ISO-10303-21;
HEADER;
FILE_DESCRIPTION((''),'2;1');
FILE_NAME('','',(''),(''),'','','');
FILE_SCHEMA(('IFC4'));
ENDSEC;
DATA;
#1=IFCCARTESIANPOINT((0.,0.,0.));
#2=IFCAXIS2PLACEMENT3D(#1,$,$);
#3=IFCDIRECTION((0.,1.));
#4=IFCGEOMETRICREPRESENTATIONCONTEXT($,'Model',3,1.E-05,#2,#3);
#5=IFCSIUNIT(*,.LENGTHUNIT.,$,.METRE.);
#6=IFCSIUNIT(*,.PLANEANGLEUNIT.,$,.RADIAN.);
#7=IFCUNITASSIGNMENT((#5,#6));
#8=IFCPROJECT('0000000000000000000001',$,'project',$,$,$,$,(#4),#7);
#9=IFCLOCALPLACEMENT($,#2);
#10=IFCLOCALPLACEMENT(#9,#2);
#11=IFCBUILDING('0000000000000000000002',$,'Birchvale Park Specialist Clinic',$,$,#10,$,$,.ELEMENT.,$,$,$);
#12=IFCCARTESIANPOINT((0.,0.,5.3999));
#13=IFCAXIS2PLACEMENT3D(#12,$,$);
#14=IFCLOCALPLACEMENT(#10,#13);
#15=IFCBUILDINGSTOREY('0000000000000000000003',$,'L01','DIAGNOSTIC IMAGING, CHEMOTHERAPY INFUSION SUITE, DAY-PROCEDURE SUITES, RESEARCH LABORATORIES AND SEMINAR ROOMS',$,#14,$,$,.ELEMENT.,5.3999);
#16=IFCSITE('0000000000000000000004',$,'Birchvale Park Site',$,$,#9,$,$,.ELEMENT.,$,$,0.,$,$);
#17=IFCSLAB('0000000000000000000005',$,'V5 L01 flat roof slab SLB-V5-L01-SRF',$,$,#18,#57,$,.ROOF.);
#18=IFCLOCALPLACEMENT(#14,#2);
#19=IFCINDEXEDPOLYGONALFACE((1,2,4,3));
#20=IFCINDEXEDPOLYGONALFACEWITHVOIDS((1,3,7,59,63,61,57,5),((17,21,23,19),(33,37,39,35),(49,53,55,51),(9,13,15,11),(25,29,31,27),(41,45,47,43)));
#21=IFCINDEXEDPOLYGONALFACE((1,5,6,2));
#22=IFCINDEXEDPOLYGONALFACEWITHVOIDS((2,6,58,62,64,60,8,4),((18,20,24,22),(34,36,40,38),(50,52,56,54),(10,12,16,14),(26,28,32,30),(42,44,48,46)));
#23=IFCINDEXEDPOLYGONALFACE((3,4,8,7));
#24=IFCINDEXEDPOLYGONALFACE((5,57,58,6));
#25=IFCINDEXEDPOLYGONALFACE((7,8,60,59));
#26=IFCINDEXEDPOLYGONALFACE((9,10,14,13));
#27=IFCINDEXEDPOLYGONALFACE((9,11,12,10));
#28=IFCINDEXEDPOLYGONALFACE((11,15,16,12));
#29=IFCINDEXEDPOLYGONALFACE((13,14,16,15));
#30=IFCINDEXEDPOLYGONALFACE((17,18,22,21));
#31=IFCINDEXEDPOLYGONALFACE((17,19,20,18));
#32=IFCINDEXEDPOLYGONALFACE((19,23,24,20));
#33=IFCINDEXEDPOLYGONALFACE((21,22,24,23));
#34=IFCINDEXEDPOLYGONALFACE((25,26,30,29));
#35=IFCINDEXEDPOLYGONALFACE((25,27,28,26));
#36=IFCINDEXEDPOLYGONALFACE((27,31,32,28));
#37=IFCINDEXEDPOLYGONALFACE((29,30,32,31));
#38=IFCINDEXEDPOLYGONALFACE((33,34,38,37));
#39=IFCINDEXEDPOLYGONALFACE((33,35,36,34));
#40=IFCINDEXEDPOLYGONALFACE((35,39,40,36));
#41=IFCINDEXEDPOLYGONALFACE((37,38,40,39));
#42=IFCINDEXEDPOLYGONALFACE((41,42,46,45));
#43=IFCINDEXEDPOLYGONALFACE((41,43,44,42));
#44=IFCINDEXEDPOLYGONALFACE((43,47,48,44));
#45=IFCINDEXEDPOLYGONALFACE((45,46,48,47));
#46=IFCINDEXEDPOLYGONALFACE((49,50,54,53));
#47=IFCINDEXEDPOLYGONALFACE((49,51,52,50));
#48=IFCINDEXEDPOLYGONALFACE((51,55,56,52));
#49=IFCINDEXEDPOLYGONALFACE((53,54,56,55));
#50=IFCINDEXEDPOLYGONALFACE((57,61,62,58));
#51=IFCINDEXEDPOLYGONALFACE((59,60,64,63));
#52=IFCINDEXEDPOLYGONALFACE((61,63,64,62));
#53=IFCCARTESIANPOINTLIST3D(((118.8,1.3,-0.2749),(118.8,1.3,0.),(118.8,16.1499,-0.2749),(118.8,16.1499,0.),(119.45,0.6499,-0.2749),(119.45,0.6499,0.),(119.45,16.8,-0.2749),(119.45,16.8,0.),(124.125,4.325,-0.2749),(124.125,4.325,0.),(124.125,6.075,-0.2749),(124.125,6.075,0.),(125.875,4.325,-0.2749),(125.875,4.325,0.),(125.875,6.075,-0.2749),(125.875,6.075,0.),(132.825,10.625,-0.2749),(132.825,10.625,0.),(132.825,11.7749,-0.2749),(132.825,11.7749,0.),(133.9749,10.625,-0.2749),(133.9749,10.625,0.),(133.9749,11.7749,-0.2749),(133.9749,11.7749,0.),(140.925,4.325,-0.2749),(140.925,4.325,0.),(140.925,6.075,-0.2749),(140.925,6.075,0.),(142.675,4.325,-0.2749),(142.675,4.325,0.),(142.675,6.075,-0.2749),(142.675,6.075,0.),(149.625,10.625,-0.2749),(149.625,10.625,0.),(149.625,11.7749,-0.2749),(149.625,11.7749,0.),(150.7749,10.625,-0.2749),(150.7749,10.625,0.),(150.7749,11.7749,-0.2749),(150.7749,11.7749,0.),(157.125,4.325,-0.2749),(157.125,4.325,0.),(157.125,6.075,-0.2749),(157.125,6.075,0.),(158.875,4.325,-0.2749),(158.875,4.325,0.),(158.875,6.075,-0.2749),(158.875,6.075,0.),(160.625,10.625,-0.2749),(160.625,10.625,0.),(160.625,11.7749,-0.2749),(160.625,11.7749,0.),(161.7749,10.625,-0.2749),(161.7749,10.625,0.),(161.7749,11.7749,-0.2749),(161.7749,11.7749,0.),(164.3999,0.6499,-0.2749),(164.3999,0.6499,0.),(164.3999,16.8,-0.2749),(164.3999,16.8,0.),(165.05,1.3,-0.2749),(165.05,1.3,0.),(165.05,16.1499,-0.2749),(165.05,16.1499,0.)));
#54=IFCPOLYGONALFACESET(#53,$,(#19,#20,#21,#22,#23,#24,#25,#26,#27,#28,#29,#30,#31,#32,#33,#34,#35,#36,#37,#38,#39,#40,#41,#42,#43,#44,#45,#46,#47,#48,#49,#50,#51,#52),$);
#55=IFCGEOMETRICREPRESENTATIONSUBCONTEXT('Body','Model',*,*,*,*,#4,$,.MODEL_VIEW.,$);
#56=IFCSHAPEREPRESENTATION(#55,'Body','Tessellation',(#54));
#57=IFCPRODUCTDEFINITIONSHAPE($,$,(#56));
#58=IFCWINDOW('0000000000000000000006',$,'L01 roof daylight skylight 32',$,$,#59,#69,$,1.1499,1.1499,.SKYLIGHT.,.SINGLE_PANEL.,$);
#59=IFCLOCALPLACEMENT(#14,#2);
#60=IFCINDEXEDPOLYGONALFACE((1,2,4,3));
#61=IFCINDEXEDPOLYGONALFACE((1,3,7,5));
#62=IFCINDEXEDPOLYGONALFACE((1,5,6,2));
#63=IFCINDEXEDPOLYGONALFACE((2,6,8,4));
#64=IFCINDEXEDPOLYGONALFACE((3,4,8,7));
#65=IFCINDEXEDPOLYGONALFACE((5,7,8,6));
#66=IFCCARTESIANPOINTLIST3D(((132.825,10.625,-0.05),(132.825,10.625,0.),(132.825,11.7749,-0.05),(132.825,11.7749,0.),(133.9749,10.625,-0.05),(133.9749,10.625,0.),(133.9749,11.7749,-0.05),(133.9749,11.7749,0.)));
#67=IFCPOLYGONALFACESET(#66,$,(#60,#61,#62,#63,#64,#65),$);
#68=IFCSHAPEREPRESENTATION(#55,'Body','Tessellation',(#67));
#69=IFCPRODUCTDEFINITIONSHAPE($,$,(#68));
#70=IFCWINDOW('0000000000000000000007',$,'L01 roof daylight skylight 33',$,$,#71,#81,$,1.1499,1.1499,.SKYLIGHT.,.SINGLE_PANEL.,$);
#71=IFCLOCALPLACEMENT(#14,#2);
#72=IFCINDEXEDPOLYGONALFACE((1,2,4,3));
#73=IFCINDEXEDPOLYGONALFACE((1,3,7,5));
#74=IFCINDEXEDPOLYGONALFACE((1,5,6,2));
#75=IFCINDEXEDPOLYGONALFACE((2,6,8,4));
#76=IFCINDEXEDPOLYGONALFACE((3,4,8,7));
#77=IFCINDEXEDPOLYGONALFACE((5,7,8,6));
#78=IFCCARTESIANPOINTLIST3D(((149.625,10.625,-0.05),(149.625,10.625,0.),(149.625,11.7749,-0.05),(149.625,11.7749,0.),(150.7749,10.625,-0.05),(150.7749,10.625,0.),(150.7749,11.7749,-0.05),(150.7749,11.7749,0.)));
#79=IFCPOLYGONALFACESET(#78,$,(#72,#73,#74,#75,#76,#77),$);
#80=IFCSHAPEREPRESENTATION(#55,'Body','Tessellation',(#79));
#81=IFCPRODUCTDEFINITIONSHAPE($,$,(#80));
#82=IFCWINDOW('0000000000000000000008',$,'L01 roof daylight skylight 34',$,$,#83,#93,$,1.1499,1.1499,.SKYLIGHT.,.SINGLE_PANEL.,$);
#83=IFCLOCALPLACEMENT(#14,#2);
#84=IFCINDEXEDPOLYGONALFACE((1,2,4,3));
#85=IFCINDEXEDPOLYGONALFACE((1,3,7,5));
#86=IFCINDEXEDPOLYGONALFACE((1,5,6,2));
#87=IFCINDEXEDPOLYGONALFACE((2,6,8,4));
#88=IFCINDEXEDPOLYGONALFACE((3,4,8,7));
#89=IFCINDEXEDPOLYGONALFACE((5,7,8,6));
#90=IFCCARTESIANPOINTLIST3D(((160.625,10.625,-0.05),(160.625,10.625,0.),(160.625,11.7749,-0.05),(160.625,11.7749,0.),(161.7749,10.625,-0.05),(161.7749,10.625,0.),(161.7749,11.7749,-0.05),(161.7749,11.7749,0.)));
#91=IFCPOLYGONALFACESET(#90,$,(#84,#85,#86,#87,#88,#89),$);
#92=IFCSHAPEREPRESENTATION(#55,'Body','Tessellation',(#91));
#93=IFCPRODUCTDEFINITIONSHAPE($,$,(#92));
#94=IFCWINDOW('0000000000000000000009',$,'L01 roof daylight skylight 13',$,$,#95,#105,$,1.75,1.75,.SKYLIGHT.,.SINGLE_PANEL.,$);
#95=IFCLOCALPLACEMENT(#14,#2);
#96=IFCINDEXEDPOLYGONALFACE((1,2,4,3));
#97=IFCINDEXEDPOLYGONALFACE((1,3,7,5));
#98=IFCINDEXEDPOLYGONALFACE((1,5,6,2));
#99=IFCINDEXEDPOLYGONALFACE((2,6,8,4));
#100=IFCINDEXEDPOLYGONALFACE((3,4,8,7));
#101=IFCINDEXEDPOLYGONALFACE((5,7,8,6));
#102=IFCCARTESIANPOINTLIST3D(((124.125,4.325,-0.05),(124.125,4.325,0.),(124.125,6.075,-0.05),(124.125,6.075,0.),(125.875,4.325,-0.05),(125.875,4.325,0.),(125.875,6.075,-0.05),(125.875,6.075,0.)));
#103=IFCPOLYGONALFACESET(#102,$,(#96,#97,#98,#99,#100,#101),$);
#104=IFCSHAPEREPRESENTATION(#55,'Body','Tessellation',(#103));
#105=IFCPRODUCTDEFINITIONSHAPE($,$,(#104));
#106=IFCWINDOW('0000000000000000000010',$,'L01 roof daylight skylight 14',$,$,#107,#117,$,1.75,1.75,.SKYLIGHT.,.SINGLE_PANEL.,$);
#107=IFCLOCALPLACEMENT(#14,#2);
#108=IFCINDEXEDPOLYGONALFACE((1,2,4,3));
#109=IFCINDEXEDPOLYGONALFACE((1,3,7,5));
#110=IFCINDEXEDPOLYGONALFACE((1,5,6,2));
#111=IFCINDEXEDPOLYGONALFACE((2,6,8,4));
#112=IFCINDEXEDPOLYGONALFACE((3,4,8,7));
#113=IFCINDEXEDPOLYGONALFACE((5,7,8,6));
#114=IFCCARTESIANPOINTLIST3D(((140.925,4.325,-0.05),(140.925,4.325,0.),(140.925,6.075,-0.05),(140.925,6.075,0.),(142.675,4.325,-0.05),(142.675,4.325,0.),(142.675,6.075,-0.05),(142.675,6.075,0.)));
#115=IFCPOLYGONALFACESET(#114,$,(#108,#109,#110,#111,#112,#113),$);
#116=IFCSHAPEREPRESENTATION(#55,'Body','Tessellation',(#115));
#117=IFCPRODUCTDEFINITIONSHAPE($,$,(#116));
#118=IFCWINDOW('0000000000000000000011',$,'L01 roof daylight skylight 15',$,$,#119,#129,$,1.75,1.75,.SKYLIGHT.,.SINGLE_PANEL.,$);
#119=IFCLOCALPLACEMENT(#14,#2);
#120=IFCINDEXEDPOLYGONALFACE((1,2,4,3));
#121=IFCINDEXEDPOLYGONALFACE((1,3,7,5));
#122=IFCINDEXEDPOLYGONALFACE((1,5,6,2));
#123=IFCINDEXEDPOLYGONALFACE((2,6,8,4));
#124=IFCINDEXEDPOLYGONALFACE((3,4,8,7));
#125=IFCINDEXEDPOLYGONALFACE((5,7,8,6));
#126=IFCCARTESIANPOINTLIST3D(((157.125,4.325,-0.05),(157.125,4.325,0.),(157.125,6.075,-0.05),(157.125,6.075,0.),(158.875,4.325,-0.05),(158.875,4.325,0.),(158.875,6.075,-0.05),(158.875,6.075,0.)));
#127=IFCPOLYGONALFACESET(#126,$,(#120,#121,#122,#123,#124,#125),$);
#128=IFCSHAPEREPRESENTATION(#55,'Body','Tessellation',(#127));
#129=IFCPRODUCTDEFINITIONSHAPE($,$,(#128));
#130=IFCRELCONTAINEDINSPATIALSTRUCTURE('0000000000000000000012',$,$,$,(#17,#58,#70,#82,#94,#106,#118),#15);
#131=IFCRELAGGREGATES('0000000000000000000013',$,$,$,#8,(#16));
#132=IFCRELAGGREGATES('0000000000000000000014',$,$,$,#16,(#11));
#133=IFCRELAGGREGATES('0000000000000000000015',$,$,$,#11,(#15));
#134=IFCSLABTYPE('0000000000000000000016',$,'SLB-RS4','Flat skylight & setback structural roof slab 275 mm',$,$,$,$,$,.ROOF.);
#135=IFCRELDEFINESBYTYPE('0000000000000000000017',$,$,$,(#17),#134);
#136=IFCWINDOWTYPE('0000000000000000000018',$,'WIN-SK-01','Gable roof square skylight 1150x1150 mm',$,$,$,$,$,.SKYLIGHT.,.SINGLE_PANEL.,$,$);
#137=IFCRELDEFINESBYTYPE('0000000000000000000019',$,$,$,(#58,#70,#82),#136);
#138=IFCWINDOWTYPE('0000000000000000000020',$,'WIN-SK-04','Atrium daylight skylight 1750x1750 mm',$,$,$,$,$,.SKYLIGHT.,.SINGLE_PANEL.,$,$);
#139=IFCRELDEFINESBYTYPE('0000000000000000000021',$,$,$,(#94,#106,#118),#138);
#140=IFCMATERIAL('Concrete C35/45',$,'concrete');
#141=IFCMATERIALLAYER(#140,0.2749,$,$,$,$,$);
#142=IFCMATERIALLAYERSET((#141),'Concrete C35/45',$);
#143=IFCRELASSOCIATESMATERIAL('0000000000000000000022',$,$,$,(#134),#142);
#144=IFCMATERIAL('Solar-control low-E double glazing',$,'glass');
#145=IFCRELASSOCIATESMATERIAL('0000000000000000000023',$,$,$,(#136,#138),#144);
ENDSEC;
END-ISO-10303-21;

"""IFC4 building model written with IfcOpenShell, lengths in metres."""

from ifc_helpers import new_model, si_unit, direction, frame, origin, origin_2d, place, context, subcontext, project, spatial, polyline, rectangle, outline, extrude, material, layer, layer_set, type_object, element, fill, save


model = new_model("IFC4")

# Units and contexts
model_context = context("Model", 3, precision=1e-05, world=origin(), true_north=direction((0.0, 1.0)))
body_context = subcontext(model_context, "Body", "Model", "MODEL_VIEW")
ifc_project = project(units=[si_unit("LENGTHUNIT", "METRE"), si_unit("PLANEANGLEUNIT", "RADIAN")], contexts=[model_context])

# Site, building, storey
site_placement = place(None, origin())
site = spatial("IfcSite", under=ifc_project, at=site_placement, Name="Birchvale Park Site", CompositionType="ELEMENT", RefElevation=0.0)
building_placement = place(site_placement, origin())
building = spatial("IfcBuilding", under=site, at=building_placement, Name="Birchvale Park Specialist Clinic", CompositionType="ELEMENT")
storey_placement = place(building_placement, frame((0.0, 0.0, 5.3999)))
storey = spatial("IfcBuildingStorey", under=building, at=storey_placement, Name="L01", Description="DIAGNOSTIC IMAGING, CHEMOTHERAPY INFUSION SUITE, DAY-PROCEDURE SUITES, RESEARCH LABORATORIES AND SEMINAR ROOMS", CompositionType="ELEMENT", Elevation=5.3999)

# Slab, openings, windows
ifc_material_1 = material(Name="Concrete C35/45", Category="concrete")
ifc_layer = layer(ifc_material_1, 0.2749)
ifc_layer_set = layer_set([ifc_layer], Name="Concrete C35/45")
slab_type = type_object("IfcSlabType", Name="SLB-RS4", Description="Flat skylight & setback structural roof slab 275 mm", PredefinedType="ROOF", material=ifc_layer_set)
slab_1_placement = place(storey_placement, frame((0.0, 0.0, -0.2749)))
slab_1 = element("IfcSlab", 1, at=slab_1_placement, inside=storey, type_object=slab_type, Name="V5 L01 flat roof slab SLB-V5-L01-SRF", PredefinedType="ROOF", context=body_context, shape_type="SweptSolid", body=[
    extrude(outline(polyline([(119.45, 0.6499), (164.3999, 0.6499), (165.05, 1.3), (165.05, 16.1499), (164.3999, 16.8), (119.45, 16.8), (118.8, 16.1499), (118.8, 1.3), (119.45, 0.6499)])), origin(), (0.0, 0.0, 1.0), 0.2749),
])
opening_1_placement = place(slab_1_placement, frame((125.0, 5.2, 0.0)))
opening_1 = element("IfcOpeningElement", 2, at=opening_1_placement, cuts=slab_1, PredefinedType="OPENING", context=body_context, shape_type="SweptSolid", body=[
    extrude(rectangle(XDim=1.75, YDim=1.75, at=origin_2d()), frame((0.0, 0.0, -0.01)), (0.0, 0.0, 1.0), 0.2949),
])
opening_2_placement = place(slab_1_placement, frame((141.8, 5.2, 0.0)))
opening_2 = element("IfcOpeningElement", 3, at=opening_2_placement, cuts=slab_1, PredefinedType="OPENING", context=body_context, shape_type="SweptSolid", body=[
    extrude(rectangle(XDim=1.75, YDim=1.75, at=origin_2d()), frame((0.0, 0.0, -0.01)), (0.0, 0.0, 1.0), 0.2949),
])
opening_3_placement = place(slab_1_placement, frame((158.0, 5.2, 0.0)))
opening_3 = element("IfcOpeningElement", 4, at=opening_3_placement, cuts=slab_1, PredefinedType="OPENING", context=body_context, shape_type="SweptSolid", body=[
    extrude(rectangle(XDim=1.75, YDim=1.75, at=origin_2d()), frame((0.0, 0.0, -0.01)), (0.0, 0.0, 1.0), 0.2949),
])
opening_4_placement = place(slab_1_placement, frame((133.3999, 11.2, 0.0)))
opening_4 = element("IfcOpeningElement", 5, at=opening_4_placement, cuts=slab_1, PredefinedType="OPENING", context=body_context, shape_type="SweptSolid", body=[
    extrude(rectangle(XDim=1.1499, YDim=1.1499, at=origin_2d()), frame((0.0, 0.0, -0.01)), (0.0, 0.0, 1.0), 0.2949),
])
opening_5_placement = place(slab_1_placement, frame((150.2, 11.2, 0.0)))
opening_5 = element("IfcOpeningElement", 6, at=opening_5_placement, cuts=slab_1, PredefinedType="OPENING", context=body_context, shape_type="SweptSolid", body=[
    extrude(rectangle(XDim=1.1499, YDim=1.1499, at=origin_2d()), frame((0.0, 0.0, -0.01)), (0.0, 0.0, 1.0), 0.2949),
])
opening_6_placement = place(slab_1_placement, frame((161.2, 11.2, 0.0)))
opening_6 = element("IfcOpeningElement", 7, at=opening_6_placement, cuts=slab_1, PredefinedType="OPENING", context=body_context, shape_type="SweptSolid", body=[
    extrude(rectangle(XDim=1.1499, YDim=1.1499, at=origin_2d()), frame((0.0, 0.0, -0.01)), (0.0, 0.0, 1.0), 0.2949),
])
ifc_material_2 = material(Name="Solar-control low-E double glazing", Category="glass")
window_type_1 = type_object("IfcWindowType", Name="WIN-SK-01", Description="Gable roof square skylight 1150x1150 mm", PartitioningType="SINGLE_PANEL", PredefinedType="SKYLIGHT", material=ifc_material_2)
window_1_placement = place(opening_4_placement, frame((0.0, 0.0, 0.2249)))
window_1 = element("IfcWindow", 8, at=window_1_placement, inside=storey, type_object=window_type_1, Name="L01 roof daylight skylight 32", OverallHeight=1.1499, OverallWidth=1.1499, PartitioningType="SINGLE_PANEL", PredefinedType="SKYLIGHT", context=body_context, shape_type="SweptSolid", body=[
    extrude(rectangle(XDim=1.1499, YDim=1.1499, at=origin_2d()), origin(), (0.0, 0.0, 1.0), 0.05),
])
fill(opening_4, window_1)
window_2_placement = place(opening_5_placement, frame((0.0, 0.0, 0.2249)))
window_2 = element("IfcWindow", 9, at=window_2_placement, inside=storey, type_object=window_type_1, Name="L01 roof daylight skylight 33", OverallHeight=1.1499, OverallWidth=1.1499, PartitioningType="SINGLE_PANEL", PredefinedType="SKYLIGHT", context=body_context, shape_type="SweptSolid", body=[
    extrude(rectangle(XDim=1.1499, YDim=1.1499, at=origin_2d()), origin(), (0.0, 0.0, 1.0), 0.05),
])
fill(opening_5, window_2)
window_3_placement = place(opening_6_placement, frame((0.0, 0.0, 0.2249)))
window_3 = element("IfcWindow", 10, at=window_3_placement, inside=storey, type_object=window_type_1, Name="L01 roof daylight skylight 34", OverallHeight=1.1499, OverallWidth=1.1499, PartitioningType="SINGLE_PANEL", PredefinedType="SKYLIGHT", context=body_context, shape_type="SweptSolid", body=[
    extrude(rectangle(XDim=1.1499, YDim=1.1499, at=origin_2d()), origin(), (0.0, 0.0, 1.0), 0.05),
])
fill(opening_6, window_3)
window_type_2 = type_object("IfcWindowType", Name="WIN-SK-04", Description="Atrium daylight skylight 1750x1750 mm", PartitioningType="SINGLE_PANEL", PredefinedType="SKYLIGHT", material=ifc_material_2)
window_4_placement = place(opening_1_placement, frame((0.0, 0.0, 0.2249)))
window_4 = element("IfcWindow", 11, at=window_4_placement, inside=storey, type_object=window_type_2, Name="L01 roof daylight skylight 13", OverallHeight=1.75, OverallWidth=1.75, PartitioningType="SINGLE_PANEL", PredefinedType="SKYLIGHT", context=body_context, shape_type="SweptSolid", body=[
    extrude(rectangle(XDim=1.75, YDim=1.75, at=origin_2d()), origin(), (0.0, 0.0, 1.0), 0.05),
])
fill(opening_1, window_4)
window_5_placement = place(opening_2_placement, frame((0.0, 0.0, 0.2249)))
window_5 = element("IfcWindow", 12, at=window_5_placement, inside=storey, type_object=window_type_2, Name="L01 roof daylight skylight 14", OverallHeight=1.75, OverallWidth=1.75, PartitioningType="SINGLE_PANEL", PredefinedType="SKYLIGHT", context=body_context, shape_type="SweptSolid", body=[
    extrude(rectangle(XDim=1.75, YDim=1.75, at=origin_2d()), origin(), (0.0, 0.0, 1.0), 0.05),
])
fill(opening_2, window_5)
window_6_placement = place(opening_3_placement, frame((0.0, 0.0, 0.2249)))
window_6 = element("IfcWindow", 13, at=window_6_placement, inside=storey, type_object=window_type_2, Name="L01 roof daylight skylight 15", OverallHeight=1.75, OverallWidth=1.75, PartitioningType="SINGLE_PANEL", PredefinedType="SKYLIGHT", context=body_context, shape_type="SweptSolid", body=[
    extrude(rectangle(XDim=1.75, YDim=1.75, at=origin_2d()), origin(), (0.0, 0.0, 1.0), 0.05),
])
fill(opening_3, window_6)

save(model, "model.ifc")
